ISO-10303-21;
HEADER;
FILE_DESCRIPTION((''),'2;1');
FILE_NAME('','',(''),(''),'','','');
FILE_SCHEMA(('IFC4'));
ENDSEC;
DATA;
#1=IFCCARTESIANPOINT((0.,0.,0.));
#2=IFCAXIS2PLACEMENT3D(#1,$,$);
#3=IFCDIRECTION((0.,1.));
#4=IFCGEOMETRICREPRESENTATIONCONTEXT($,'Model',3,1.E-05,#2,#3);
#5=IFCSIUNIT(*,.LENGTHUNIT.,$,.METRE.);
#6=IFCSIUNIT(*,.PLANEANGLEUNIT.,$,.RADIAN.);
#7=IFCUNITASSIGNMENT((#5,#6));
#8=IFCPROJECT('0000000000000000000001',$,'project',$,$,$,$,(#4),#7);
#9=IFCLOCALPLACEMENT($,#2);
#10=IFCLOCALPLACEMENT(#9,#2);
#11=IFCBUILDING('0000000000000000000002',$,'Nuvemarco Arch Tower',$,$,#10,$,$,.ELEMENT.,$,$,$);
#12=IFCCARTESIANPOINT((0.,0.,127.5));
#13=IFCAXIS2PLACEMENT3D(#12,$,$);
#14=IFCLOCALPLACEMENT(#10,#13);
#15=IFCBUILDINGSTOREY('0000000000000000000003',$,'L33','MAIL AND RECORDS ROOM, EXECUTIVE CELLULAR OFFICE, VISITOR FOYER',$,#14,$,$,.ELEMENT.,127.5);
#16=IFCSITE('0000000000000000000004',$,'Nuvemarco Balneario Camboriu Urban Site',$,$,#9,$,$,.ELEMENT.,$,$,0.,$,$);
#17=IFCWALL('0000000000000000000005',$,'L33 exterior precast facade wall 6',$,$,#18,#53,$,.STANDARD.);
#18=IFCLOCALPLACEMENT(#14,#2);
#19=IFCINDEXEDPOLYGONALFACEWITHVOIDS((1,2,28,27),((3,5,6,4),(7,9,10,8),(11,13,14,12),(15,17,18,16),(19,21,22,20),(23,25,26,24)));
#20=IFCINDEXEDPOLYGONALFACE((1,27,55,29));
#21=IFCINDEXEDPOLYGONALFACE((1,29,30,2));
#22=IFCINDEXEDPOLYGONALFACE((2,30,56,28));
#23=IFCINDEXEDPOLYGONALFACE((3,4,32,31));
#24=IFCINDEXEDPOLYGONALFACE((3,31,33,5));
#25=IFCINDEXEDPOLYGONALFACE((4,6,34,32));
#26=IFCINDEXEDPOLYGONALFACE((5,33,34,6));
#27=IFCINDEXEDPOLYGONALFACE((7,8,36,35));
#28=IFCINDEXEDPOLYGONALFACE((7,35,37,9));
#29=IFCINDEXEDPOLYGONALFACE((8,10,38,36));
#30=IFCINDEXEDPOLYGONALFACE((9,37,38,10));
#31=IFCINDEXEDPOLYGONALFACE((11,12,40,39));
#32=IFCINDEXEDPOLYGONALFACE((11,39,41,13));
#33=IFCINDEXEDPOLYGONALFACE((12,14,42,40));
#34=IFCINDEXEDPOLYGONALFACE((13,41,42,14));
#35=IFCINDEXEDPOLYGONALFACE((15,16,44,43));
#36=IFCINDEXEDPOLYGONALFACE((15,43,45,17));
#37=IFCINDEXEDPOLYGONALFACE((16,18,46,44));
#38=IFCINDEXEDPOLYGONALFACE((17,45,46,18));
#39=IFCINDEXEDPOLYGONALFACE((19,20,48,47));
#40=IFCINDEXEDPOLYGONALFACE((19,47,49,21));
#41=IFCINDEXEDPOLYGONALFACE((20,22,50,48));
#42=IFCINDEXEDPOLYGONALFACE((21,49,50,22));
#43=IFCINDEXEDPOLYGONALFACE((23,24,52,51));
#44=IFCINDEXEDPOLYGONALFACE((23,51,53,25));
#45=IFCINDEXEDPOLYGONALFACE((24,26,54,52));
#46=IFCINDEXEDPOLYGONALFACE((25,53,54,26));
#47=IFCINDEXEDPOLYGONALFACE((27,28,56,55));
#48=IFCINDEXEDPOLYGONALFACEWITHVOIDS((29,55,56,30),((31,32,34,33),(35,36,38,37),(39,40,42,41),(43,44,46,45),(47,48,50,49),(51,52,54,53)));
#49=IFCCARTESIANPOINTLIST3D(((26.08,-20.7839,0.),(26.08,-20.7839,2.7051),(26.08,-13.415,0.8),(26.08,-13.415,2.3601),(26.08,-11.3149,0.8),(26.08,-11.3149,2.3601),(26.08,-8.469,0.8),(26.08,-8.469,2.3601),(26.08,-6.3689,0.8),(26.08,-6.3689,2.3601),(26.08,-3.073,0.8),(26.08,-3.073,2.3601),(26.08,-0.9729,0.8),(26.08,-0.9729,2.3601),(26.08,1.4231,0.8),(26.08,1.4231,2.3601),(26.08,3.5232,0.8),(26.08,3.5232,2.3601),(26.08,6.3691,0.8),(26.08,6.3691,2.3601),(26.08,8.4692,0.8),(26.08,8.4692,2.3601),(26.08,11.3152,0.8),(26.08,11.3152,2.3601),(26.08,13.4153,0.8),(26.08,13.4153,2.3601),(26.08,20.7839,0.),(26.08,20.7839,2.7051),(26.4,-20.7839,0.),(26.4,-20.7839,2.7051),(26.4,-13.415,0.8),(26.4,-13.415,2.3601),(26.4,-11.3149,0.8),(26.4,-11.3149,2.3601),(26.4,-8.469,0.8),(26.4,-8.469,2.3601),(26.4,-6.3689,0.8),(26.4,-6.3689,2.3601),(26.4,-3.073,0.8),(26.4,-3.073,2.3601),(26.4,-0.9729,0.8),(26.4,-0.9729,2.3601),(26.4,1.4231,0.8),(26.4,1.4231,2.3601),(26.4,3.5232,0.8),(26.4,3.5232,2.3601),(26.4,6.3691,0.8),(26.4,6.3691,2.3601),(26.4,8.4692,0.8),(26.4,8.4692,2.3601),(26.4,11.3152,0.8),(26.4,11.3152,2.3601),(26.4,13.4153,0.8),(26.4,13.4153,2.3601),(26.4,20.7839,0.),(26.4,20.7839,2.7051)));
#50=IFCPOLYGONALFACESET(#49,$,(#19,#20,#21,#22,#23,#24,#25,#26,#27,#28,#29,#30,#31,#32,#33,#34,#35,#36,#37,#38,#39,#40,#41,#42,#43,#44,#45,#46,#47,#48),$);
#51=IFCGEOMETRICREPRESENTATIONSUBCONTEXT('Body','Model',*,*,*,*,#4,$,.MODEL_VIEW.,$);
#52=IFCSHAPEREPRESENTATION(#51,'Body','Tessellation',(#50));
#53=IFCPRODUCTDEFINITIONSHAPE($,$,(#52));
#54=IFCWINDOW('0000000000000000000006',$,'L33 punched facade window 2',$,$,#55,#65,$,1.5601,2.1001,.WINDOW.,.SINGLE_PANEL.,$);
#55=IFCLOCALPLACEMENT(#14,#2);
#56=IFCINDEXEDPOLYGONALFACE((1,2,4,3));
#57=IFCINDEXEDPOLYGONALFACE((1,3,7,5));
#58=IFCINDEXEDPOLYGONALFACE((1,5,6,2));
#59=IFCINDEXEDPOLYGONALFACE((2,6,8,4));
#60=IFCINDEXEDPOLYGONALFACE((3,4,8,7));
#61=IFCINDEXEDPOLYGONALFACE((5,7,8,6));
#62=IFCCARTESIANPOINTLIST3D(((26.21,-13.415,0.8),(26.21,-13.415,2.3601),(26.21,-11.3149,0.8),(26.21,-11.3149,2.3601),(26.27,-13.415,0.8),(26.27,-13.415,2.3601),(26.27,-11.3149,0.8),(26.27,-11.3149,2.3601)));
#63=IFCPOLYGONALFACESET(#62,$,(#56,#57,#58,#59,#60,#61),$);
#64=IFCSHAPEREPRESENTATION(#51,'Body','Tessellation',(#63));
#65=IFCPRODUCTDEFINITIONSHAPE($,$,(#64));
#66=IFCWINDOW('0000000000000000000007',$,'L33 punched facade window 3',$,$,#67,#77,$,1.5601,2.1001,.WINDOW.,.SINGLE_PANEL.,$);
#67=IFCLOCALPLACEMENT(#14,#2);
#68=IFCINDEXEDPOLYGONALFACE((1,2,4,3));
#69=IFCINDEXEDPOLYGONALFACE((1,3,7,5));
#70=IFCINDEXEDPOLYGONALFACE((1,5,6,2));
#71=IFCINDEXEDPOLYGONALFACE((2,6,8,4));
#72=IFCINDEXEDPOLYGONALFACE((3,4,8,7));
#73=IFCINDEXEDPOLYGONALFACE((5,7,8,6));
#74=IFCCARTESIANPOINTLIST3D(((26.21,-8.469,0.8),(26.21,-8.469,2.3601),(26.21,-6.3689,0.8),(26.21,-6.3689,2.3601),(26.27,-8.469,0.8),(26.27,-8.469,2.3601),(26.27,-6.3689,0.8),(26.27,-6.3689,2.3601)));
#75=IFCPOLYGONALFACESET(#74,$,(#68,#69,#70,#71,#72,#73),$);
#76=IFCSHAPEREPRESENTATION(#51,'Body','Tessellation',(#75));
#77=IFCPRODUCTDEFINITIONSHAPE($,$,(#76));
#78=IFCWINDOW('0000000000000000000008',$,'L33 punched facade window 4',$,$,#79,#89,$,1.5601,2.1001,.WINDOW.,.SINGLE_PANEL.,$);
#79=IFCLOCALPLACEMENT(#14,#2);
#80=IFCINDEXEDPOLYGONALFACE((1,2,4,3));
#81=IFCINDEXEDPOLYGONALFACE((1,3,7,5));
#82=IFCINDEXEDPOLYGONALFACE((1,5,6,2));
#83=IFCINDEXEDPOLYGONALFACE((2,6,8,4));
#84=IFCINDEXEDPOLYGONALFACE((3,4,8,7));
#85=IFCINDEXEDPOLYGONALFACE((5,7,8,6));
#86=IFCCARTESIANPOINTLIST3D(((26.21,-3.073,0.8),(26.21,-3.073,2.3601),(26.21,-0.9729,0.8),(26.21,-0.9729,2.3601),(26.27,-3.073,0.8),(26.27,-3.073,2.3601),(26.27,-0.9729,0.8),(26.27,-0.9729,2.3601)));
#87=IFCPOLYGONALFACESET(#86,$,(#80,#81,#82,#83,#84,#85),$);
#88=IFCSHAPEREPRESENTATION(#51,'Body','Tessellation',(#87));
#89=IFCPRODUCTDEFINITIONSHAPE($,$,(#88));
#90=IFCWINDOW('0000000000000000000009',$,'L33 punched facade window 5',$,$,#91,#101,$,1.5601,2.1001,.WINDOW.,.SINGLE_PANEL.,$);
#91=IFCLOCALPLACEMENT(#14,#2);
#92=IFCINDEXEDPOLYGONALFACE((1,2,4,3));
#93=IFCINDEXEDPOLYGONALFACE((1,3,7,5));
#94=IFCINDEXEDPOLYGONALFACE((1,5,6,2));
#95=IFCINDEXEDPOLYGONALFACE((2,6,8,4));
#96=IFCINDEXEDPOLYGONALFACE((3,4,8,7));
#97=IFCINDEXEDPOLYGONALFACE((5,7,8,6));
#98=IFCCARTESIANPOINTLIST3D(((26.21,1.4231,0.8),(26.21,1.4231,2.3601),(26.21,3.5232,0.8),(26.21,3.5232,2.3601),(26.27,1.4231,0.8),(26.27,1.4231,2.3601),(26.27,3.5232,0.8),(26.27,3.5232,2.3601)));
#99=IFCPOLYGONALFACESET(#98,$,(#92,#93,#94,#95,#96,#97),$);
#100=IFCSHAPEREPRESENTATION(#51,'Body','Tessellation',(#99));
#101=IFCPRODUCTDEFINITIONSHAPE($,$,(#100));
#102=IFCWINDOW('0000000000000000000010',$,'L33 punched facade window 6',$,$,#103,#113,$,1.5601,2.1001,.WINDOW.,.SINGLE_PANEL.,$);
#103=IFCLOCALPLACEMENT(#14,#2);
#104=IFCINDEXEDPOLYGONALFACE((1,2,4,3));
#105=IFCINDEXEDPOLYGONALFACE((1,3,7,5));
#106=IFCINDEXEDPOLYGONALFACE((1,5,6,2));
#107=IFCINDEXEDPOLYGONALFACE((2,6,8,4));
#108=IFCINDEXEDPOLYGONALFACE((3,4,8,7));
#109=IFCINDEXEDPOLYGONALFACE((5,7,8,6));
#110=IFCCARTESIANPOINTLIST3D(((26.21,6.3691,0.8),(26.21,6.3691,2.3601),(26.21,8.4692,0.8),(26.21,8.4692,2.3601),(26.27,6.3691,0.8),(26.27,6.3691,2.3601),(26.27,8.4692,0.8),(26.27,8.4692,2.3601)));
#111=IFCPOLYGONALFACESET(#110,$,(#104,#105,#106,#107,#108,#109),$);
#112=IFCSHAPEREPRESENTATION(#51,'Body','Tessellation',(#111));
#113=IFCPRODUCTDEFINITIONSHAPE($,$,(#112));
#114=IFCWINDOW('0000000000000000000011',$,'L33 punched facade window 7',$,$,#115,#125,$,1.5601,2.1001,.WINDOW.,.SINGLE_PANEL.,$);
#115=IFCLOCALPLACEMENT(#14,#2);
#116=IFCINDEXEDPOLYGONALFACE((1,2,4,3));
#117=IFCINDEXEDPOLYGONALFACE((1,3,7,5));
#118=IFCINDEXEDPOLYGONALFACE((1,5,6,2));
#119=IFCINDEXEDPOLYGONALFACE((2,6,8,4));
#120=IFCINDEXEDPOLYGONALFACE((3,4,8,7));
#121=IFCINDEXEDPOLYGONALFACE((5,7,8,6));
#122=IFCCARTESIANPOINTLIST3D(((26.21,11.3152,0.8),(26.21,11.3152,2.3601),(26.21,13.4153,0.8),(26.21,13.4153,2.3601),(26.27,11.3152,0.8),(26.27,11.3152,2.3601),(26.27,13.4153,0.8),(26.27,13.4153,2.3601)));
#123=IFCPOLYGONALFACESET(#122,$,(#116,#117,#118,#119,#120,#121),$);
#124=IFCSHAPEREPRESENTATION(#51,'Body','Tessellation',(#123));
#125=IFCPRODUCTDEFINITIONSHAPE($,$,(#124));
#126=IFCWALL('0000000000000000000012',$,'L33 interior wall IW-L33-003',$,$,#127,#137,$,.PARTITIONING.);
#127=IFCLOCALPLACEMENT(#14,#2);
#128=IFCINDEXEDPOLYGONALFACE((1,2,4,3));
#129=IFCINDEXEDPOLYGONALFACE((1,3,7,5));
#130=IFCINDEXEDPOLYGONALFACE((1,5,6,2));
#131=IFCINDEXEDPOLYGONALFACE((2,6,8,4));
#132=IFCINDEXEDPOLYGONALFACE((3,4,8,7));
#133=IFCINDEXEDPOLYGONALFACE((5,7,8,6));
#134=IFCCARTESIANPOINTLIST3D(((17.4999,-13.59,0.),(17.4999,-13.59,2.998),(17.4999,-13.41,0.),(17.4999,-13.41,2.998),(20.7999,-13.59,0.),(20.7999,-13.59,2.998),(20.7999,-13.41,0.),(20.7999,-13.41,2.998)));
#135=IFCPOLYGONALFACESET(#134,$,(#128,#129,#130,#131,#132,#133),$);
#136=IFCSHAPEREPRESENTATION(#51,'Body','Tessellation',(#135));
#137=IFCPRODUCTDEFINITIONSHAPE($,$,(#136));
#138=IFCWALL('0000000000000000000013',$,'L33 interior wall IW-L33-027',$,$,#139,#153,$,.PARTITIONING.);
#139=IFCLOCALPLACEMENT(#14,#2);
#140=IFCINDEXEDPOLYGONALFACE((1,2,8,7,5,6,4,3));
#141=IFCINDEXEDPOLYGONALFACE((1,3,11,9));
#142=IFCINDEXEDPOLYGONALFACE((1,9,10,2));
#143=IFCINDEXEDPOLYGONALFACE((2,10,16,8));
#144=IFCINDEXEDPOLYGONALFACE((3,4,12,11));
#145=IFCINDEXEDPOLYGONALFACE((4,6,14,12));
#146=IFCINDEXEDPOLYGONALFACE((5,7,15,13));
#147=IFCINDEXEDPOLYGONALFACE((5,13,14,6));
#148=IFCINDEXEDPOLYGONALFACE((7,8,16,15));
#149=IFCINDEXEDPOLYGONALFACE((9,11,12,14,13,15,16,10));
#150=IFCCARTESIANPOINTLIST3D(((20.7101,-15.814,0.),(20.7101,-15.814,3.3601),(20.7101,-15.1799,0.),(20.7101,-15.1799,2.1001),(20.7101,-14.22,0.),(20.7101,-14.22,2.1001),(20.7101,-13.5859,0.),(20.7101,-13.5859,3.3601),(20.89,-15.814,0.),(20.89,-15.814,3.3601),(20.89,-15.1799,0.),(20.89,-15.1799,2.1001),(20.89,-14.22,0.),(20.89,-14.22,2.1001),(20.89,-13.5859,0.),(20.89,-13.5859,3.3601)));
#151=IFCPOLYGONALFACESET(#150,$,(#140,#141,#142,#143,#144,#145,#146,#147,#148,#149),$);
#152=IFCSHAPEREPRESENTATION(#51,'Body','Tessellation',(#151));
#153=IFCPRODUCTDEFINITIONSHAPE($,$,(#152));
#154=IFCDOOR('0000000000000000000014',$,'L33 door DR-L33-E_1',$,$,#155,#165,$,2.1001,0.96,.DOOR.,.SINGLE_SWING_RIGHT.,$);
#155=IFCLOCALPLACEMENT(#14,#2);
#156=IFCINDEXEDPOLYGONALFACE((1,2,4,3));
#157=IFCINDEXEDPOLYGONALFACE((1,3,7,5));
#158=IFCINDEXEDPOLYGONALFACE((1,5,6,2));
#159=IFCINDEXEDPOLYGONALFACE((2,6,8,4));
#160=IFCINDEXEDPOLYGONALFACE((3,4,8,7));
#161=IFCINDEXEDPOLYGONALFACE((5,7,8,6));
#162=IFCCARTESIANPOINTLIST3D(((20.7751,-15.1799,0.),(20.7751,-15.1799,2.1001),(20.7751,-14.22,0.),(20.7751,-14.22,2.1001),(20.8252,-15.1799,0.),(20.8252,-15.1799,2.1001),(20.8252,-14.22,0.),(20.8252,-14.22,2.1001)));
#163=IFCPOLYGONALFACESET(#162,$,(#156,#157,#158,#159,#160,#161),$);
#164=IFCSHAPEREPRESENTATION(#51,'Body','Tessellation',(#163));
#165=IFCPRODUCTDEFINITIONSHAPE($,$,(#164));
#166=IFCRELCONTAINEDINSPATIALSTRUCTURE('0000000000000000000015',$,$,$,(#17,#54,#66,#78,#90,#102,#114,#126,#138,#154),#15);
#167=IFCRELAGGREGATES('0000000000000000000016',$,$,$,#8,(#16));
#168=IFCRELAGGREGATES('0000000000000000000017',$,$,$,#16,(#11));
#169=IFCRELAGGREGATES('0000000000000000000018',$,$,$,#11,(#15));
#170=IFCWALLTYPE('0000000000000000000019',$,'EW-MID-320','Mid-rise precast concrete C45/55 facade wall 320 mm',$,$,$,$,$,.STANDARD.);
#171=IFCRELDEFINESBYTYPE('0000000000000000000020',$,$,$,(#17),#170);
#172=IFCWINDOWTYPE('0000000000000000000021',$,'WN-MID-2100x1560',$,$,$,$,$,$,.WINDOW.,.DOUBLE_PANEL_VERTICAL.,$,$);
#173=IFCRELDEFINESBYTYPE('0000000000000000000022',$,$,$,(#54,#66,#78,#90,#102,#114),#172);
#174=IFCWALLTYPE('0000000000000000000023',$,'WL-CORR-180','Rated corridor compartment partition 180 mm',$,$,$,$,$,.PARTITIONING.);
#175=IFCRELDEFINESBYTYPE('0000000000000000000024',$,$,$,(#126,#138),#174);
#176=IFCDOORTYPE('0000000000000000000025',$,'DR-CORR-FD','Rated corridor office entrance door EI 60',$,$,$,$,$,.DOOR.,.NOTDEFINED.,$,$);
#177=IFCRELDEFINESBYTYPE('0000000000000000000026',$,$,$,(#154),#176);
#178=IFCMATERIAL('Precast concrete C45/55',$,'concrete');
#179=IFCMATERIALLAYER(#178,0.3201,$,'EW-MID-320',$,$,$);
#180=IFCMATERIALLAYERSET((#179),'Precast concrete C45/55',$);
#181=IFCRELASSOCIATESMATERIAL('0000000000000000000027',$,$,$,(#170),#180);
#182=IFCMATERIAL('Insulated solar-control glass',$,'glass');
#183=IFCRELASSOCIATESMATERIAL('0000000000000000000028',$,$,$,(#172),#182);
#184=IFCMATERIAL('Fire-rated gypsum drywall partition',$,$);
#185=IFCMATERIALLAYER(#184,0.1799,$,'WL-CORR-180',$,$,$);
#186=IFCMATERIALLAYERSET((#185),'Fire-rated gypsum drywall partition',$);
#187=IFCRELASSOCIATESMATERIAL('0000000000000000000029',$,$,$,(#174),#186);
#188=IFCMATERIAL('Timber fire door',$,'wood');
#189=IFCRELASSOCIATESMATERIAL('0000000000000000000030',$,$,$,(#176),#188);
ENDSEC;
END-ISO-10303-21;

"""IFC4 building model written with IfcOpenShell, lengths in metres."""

from ifc_helpers import new_model, si_unit, direction, frame, frame_2d, origin, place, context, subcontext, project, spatial, rectangle, extrude, source, transform, mapped, material, layer, layer_set, type_object, type_shapes, element, fill, save


model = new_model("IFC4")

# Units and contexts
model_context = context("Model", 3, precision=1e-05, world=origin(), true_north=direction((0.0, 1.0)))
body_context = subcontext(model_context, "Body", "Model", "MODEL_VIEW")
ifc_project = project(units=[si_unit("LENGTHUNIT", "METRE"), si_unit("PLANEANGLEUNIT", "RADIAN")], contexts=[model_context])

# Site, building, storey
site_placement = place(None, origin())
site = spatial("IfcSite", under=ifc_project, at=site_placement, Name="Nuvemarco Balneario Camboriu Urban Site", CompositionType="ELEMENT", RefElevation=0.0)
building_placement = place(site_placement, origin())
building = spatial("IfcBuilding", under=site, at=building_placement, Name="Nuvemarco Arch Tower", CompositionType="ELEMENT")
storey_placement = place(building_placement, frame((0.0, 0.0, 127.5)))
storey = spatial("IfcBuildingStorey", under=building, at=storey_placement, Name="L33", Description="MAIL AND RECORDS ROOM, EXECUTIVE CELLULAR OFFICE, VISITOR FOYER", CompositionType="ELEMENT", Elevation=127.5)

# Shared definitions
ifc_material_1 = material(Name="Precast concrete C45/55", Category="concrete")

# Shared definitions
ifc_layer_1 = layer(ifc_material_1, 0.3201, Name="EW-MID-320")
ifc_layer_set_1 = layer_set([ifc_layer_1], Name="Precast concrete C45/55")
wall_type_1 = type_object("IfcWallType", Name="EW-MID-320", Description="Mid-rise precast concrete C45/55 facade wall 320 mm", PredefinedType="STANDARD", material=ifc_layer_set_1)

# Wall, openings, windows
wall_1_placement = place(storey_placement, frame((26.24, -20.7839, 0.0), z_axis=(0.0, 0.0, 1.0), x_axis=(0.0, 1.0, 0.0)))
wall_1 = element("IfcWall", 1, at=wall_1_placement, inside=storey, type_object=wall_type_1, Name="L33 exterior precast facade wall 6", PredefinedType="STANDARD", context=body_context, shape_type="SweptSolid", body=[
    extrude(rectangle(XDim=41.5679, YDim=0.3201, at=frame_2d((20.7839, 0.0))), origin(), (0.0, 0.0, 1.0), 2.7051),
])
opening_1_placement = place(wall_1_placement, frame((7.3689, 0.0, 0.8)))
opening_1 = element("IfcOpeningElement", 2, at=opening_1_placement, cuts=wall_1, PredefinedType="OPENING", context=body_context, shape_type="SweptSolid", body=[
    extrude(rectangle(XDim=2.1001, YDim=1.5601, at=frame_2d((1.05, 0.78))), frame((0.0, 0.1699, 0.0), z_axis=(0.0, -1.0, 0.0), x_axis=(1.0, 0.0, 0.0)), (0.0, 0.0, 1.0), 0.3401),
])
opening_2_placement = place(wall_1_placement, frame((12.3149, 0.0, 0.8)))
opening_2 = element("IfcOpeningElement", 3, at=opening_2_placement, cuts=wall_1, PredefinedType="OPENING", context=body_context, shape_type="SweptSolid", body=[
    extrude(rectangle(XDim=2.1001, YDim=1.5601, at=frame_2d((1.05, 0.78))), frame((0.0, 0.1699, 0.0), z_axis=(0.0, -1.0, 0.0), x_axis=(1.0, 0.0, 0.0)), (0.0, 0.0, 1.0), 0.3401),
])
opening_3_placement = place(wall_1_placement, frame((17.7109, 0.0, 0.8)))
opening_3 = element("IfcOpeningElement", 4, at=opening_3_placement, cuts=wall_1, PredefinedType="OPENING", context=body_context, shape_type="SweptSolid", body=[
    extrude(rectangle(XDim=2.1001, YDim=1.5601, at=frame_2d((1.05, 0.78))), frame((0.0, 0.1699, 0.0), z_axis=(0.0, -1.0, 0.0), x_axis=(1.0, 0.0, 0.0)), (0.0, 0.0, 1.0), 0.3401),
])
opening_4_placement = place(wall_1_placement, frame((22.207, 0.0, 0.8)))
opening_4 = element("IfcOpeningElement", 5, at=opening_4_placement, cuts=wall_1, PredefinedType="OPENING", context=body_context, shape_type="SweptSolid", body=[
    extrude(rectangle(XDim=2.1001, YDim=1.5601, at=frame_2d((1.05, 0.78))), frame((0.0, 0.1699, 0.0), z_axis=(0.0, -1.0, 0.0), x_axis=(1.0, 0.0, 0.0)), (0.0, 0.0, 1.0), 0.3401),
])
opening_5_placement = place(wall_1_placement, frame((27.1531, 0.0, 0.8)))
opening_5 = element("IfcOpeningElement", 6, at=opening_5_placement, cuts=wall_1, PredefinedType="OPENING", context=body_context, shape_type="SweptSolid", body=[
    extrude(rectangle(XDim=2.1001, YDim=1.5601, at=frame_2d((1.05, 0.78))), frame((0.0, 0.1699, 0.0), z_axis=(0.0, -1.0, 0.0), x_axis=(1.0, 0.0, 0.0)), (0.0, 0.0, 1.0), 0.3401),
])
opening_6_placement = place(wall_1_placement, frame((32.0991, 0.0, 0.8)))
opening_6 = element("IfcOpeningElement", 7, at=opening_6_placement, cuts=wall_1, PredefinedType="OPENING", context=body_context, shape_type="SweptSolid", body=[
    extrude(rectangle(XDim=2.1001, YDim=1.5601, at=frame_2d((1.05, 0.78))), frame((0.0, 0.1699, 0.0), z_axis=(0.0, -1.0, 0.0), x_axis=(1.0, 0.0, 0.0)), (0.0, 0.0, 1.0), 0.3401),
])
ifc_material_2 = material(Name="Insulated solar-control glass", Category="glass")
window_type = type_object("IfcWindowType", Name="WN-MID-2100x1560", PartitioningType="DOUBLE_PANEL_VERTICAL", PredefinedType="WINDOW", material=ifc_material_2)
shared_shape_1 = source(origin(), body_context, "Body", "SweptSolid", [
    extrude(rectangle(XDim=2.1001, YDim=1.5601, at=frame_2d((1.05, 0.78))), frame((0.0, 0.03, 0.0), z_axis=(0.0, -1.0, 0.0), x_axis=(1.0, 0.0, 0.0)), (0.0, 0.0, 1.0), 0.0601),
])
type_shapes(window_type, [shared_shape_1])
window_1_placement = place(opening_1_placement, origin())
window_1 = element("IfcWindow", 8, at=window_1_placement, inside=storey, type_object=window_type, Name="L33 punched facade window 2", OverallHeight=1.5601, OverallWidth=2.1001, PartitioningType="SINGLE_PANEL", PredefinedType="WINDOW", context=body_context, shape_type="MappedRepresentation", body=[
    mapped(shared_shape_1, transform((0.0, 0.0, 0.0), scale=1.0)),
])
fill(opening_1, window_1)
window_2_placement = place(opening_2_placement, origin())
window_2 = element("IfcWindow", 9, at=window_2_placement, inside=storey, type_object=window_type, Name="L33 punched facade window 3", OverallHeight=1.5601, OverallWidth=2.1001, PartitioningType="SINGLE_PANEL", PredefinedType="WINDOW", context=body_context, shape_type="MappedRepresentation", body=[
    mapped(shared_shape_1, transform((0.0, 0.0, 0.0), scale=1.0)),
])
fill(opening_2, window_2)
window_3_placement = place(opening_3_placement, origin())
window_3 = element("IfcWindow", 10, at=window_3_placement, inside=storey, type_object=window_type, Name="L33 punched facade window 4", OverallHeight=1.5601, OverallWidth=2.1001, PartitioningType="SINGLE_PANEL", PredefinedType="WINDOW", context=body_context, shape_type="MappedRepresentation", body=[
    mapped(shared_shape_1, transform((0.0, 0.0, 0.0), scale=1.0)),
])
fill(opening_3, window_3)
window_4_placement = place(opening_4_placement, origin())
window_4 = element("IfcWindow", 11, at=window_4_placement, inside=storey, type_object=window_type, Name="L33 punched facade window 5", OverallHeight=1.5601, OverallWidth=2.1001, PartitioningType="SINGLE_PANEL", PredefinedType="WINDOW", context=body_context, shape_type="MappedRepresentation", body=[
    mapped(shared_shape_1, transform((0.0, 0.0, 0.0), scale=1.0)),
])
fill(opening_4, window_4)
window_5_placement = place(opening_5_placement, origin())
window_5 = element("IfcWindow", 12, at=window_5_placement, inside=storey, type_object=window_type, Name="L33 punched facade window 6", OverallHeight=1.5601, OverallWidth=2.1001, PartitioningType="SINGLE_PANEL", PredefinedType="WINDOW", context=body_context, shape_type="MappedRepresentation", body=[
    mapped(shared_shape_1, transform((0.0, 0.0, 0.0), scale=1.0)),
])
fill(opening_5, window_5)
window_6_placement = place(opening_6_placement, origin())
window_6 = element("IfcWindow", 13, at=window_6_placement, inside=storey, type_object=window_type, Name="L33 punched facade window 7", OverallHeight=1.5601, OverallWidth=2.1001, PartitioningType="SINGLE_PANEL", PredefinedType="WINDOW", context=body_context, shape_type="MappedRepresentation", body=[
    mapped(shared_shape_1, transform((0.0, 0.0, 0.0), scale=1.0)),
])
fill(opening_6, window_6)

# Wall
ifc_material_3 = material(Name="Fire-rated gypsum drywall partition")
ifc_layer_2 = layer(ifc_material_3, 0.1799, Name="WL-CORR-180")
ifc_layer_set_2 = layer_set([ifc_layer_2], Name="Fire-rated gypsum drywall partition")
wall_type_2 = type_object("IfcWallType", Name="WL-CORR-180", Description="Rated corridor compartment partition 180 mm", PredefinedType="PARTITIONING", material=ifc_layer_set_2)
wall_2_placement = place(storey_placement, frame((17.5, -13.5, 0.0), z_axis=(0.0, 0.0, 1.0), x_axis=(1.0, 0.0, 0.0)))
element("IfcWall", 14, at=wall_2_placement, inside=storey, type_object=wall_type_2, Name="L33 interior wall IW-L33-003", PredefinedType="PARTITIONING", context=body_context, shape_type="SweptSolid", body=[
    extrude(rectangle(XDim=3.3, YDim=0.1799, at=frame_2d((1.6499, 0.0))), origin(), (0.0, 0.0, 1.0), 2.998),
])

# Wall, opening, door
wall_3_placement = place(storey_placement, frame((20.8, -15.814, 0.0), z_axis=(0.0, 0.0, 1.0), x_axis=(0.0, 1.0, 0.0)))
wall_3 = element("IfcWall", 15, at=wall_3_placement, inside=storey, type_object=wall_type_2, Name="L33 interior wall IW-L33-027", PredefinedType="PARTITIONING", context=body_context, shape_type="SweptSolid", body=[
    extrude(rectangle(XDim=2.228, YDim=0.1799, at=frame_2d((1.114, 0.0))), origin(), (0.0, 0.0, 1.0), 3.3601),
])
opening_7_placement = place(wall_3_placement, frame((0.634, 0.0, 0.0)))
opening_7 = element("IfcOpeningElement", 16, at=opening_7_placement, cuts=wall_3, PredefinedType="OPENING", context=body_context, shape_type="SweptSolid", body=[
    extrude(rectangle(XDim=0.96, YDim=2.1001, at=frame_2d((0.48, 1.05))), frame((0.0, 0.0999, 0.0), z_axis=(0.0, -1.0, 0.0), x_axis=(1.0, 0.0, 0.0)), (0.0, 0.0, 1.0), 0.2),
])
ifc_material_4 = material(Name="Timber fire door", Category="wood")
door_type = type_object("IfcDoorType", Name="DR-CORR-FD", Description="Rated corridor office entrance door EI 60", OperationType="NOTDEFINED", PredefinedType="DOOR", material=ifc_material_4)
shared_shape_2 = source(origin(), body_context, "Body", "SweptSolid", [
    extrude(rectangle(XDim=0.96, YDim=2.1001, at=frame_2d((0.48, 1.05))), frame((0.0, 0.0249, 0.0), z_axis=(0.0, -1.0, 0.0), x_axis=(1.0, 0.0, 0.0)), (0.0, 0.0, 1.0), 0.05),
])
type_shapes(door_type, [shared_shape_2])
door_placement = place(opening_7_placement, origin())
door = element("IfcDoor", 17, at=door_placement, inside=storey, type_object=door_type, Name="L33 door DR-L33-E_1", OperationType="SINGLE_SWING_RIGHT", OverallHeight=2.1001, OverallWidth=0.96, PredefinedType="DOOR", context=body_context, shape_type="MappedRepresentation", body=[
    mapped(shared_shape_2, transform((0.0, 0.0, 0.0), scale=1.0)),
])
fill(opening_7, door)

save(model, "model.ifc")
